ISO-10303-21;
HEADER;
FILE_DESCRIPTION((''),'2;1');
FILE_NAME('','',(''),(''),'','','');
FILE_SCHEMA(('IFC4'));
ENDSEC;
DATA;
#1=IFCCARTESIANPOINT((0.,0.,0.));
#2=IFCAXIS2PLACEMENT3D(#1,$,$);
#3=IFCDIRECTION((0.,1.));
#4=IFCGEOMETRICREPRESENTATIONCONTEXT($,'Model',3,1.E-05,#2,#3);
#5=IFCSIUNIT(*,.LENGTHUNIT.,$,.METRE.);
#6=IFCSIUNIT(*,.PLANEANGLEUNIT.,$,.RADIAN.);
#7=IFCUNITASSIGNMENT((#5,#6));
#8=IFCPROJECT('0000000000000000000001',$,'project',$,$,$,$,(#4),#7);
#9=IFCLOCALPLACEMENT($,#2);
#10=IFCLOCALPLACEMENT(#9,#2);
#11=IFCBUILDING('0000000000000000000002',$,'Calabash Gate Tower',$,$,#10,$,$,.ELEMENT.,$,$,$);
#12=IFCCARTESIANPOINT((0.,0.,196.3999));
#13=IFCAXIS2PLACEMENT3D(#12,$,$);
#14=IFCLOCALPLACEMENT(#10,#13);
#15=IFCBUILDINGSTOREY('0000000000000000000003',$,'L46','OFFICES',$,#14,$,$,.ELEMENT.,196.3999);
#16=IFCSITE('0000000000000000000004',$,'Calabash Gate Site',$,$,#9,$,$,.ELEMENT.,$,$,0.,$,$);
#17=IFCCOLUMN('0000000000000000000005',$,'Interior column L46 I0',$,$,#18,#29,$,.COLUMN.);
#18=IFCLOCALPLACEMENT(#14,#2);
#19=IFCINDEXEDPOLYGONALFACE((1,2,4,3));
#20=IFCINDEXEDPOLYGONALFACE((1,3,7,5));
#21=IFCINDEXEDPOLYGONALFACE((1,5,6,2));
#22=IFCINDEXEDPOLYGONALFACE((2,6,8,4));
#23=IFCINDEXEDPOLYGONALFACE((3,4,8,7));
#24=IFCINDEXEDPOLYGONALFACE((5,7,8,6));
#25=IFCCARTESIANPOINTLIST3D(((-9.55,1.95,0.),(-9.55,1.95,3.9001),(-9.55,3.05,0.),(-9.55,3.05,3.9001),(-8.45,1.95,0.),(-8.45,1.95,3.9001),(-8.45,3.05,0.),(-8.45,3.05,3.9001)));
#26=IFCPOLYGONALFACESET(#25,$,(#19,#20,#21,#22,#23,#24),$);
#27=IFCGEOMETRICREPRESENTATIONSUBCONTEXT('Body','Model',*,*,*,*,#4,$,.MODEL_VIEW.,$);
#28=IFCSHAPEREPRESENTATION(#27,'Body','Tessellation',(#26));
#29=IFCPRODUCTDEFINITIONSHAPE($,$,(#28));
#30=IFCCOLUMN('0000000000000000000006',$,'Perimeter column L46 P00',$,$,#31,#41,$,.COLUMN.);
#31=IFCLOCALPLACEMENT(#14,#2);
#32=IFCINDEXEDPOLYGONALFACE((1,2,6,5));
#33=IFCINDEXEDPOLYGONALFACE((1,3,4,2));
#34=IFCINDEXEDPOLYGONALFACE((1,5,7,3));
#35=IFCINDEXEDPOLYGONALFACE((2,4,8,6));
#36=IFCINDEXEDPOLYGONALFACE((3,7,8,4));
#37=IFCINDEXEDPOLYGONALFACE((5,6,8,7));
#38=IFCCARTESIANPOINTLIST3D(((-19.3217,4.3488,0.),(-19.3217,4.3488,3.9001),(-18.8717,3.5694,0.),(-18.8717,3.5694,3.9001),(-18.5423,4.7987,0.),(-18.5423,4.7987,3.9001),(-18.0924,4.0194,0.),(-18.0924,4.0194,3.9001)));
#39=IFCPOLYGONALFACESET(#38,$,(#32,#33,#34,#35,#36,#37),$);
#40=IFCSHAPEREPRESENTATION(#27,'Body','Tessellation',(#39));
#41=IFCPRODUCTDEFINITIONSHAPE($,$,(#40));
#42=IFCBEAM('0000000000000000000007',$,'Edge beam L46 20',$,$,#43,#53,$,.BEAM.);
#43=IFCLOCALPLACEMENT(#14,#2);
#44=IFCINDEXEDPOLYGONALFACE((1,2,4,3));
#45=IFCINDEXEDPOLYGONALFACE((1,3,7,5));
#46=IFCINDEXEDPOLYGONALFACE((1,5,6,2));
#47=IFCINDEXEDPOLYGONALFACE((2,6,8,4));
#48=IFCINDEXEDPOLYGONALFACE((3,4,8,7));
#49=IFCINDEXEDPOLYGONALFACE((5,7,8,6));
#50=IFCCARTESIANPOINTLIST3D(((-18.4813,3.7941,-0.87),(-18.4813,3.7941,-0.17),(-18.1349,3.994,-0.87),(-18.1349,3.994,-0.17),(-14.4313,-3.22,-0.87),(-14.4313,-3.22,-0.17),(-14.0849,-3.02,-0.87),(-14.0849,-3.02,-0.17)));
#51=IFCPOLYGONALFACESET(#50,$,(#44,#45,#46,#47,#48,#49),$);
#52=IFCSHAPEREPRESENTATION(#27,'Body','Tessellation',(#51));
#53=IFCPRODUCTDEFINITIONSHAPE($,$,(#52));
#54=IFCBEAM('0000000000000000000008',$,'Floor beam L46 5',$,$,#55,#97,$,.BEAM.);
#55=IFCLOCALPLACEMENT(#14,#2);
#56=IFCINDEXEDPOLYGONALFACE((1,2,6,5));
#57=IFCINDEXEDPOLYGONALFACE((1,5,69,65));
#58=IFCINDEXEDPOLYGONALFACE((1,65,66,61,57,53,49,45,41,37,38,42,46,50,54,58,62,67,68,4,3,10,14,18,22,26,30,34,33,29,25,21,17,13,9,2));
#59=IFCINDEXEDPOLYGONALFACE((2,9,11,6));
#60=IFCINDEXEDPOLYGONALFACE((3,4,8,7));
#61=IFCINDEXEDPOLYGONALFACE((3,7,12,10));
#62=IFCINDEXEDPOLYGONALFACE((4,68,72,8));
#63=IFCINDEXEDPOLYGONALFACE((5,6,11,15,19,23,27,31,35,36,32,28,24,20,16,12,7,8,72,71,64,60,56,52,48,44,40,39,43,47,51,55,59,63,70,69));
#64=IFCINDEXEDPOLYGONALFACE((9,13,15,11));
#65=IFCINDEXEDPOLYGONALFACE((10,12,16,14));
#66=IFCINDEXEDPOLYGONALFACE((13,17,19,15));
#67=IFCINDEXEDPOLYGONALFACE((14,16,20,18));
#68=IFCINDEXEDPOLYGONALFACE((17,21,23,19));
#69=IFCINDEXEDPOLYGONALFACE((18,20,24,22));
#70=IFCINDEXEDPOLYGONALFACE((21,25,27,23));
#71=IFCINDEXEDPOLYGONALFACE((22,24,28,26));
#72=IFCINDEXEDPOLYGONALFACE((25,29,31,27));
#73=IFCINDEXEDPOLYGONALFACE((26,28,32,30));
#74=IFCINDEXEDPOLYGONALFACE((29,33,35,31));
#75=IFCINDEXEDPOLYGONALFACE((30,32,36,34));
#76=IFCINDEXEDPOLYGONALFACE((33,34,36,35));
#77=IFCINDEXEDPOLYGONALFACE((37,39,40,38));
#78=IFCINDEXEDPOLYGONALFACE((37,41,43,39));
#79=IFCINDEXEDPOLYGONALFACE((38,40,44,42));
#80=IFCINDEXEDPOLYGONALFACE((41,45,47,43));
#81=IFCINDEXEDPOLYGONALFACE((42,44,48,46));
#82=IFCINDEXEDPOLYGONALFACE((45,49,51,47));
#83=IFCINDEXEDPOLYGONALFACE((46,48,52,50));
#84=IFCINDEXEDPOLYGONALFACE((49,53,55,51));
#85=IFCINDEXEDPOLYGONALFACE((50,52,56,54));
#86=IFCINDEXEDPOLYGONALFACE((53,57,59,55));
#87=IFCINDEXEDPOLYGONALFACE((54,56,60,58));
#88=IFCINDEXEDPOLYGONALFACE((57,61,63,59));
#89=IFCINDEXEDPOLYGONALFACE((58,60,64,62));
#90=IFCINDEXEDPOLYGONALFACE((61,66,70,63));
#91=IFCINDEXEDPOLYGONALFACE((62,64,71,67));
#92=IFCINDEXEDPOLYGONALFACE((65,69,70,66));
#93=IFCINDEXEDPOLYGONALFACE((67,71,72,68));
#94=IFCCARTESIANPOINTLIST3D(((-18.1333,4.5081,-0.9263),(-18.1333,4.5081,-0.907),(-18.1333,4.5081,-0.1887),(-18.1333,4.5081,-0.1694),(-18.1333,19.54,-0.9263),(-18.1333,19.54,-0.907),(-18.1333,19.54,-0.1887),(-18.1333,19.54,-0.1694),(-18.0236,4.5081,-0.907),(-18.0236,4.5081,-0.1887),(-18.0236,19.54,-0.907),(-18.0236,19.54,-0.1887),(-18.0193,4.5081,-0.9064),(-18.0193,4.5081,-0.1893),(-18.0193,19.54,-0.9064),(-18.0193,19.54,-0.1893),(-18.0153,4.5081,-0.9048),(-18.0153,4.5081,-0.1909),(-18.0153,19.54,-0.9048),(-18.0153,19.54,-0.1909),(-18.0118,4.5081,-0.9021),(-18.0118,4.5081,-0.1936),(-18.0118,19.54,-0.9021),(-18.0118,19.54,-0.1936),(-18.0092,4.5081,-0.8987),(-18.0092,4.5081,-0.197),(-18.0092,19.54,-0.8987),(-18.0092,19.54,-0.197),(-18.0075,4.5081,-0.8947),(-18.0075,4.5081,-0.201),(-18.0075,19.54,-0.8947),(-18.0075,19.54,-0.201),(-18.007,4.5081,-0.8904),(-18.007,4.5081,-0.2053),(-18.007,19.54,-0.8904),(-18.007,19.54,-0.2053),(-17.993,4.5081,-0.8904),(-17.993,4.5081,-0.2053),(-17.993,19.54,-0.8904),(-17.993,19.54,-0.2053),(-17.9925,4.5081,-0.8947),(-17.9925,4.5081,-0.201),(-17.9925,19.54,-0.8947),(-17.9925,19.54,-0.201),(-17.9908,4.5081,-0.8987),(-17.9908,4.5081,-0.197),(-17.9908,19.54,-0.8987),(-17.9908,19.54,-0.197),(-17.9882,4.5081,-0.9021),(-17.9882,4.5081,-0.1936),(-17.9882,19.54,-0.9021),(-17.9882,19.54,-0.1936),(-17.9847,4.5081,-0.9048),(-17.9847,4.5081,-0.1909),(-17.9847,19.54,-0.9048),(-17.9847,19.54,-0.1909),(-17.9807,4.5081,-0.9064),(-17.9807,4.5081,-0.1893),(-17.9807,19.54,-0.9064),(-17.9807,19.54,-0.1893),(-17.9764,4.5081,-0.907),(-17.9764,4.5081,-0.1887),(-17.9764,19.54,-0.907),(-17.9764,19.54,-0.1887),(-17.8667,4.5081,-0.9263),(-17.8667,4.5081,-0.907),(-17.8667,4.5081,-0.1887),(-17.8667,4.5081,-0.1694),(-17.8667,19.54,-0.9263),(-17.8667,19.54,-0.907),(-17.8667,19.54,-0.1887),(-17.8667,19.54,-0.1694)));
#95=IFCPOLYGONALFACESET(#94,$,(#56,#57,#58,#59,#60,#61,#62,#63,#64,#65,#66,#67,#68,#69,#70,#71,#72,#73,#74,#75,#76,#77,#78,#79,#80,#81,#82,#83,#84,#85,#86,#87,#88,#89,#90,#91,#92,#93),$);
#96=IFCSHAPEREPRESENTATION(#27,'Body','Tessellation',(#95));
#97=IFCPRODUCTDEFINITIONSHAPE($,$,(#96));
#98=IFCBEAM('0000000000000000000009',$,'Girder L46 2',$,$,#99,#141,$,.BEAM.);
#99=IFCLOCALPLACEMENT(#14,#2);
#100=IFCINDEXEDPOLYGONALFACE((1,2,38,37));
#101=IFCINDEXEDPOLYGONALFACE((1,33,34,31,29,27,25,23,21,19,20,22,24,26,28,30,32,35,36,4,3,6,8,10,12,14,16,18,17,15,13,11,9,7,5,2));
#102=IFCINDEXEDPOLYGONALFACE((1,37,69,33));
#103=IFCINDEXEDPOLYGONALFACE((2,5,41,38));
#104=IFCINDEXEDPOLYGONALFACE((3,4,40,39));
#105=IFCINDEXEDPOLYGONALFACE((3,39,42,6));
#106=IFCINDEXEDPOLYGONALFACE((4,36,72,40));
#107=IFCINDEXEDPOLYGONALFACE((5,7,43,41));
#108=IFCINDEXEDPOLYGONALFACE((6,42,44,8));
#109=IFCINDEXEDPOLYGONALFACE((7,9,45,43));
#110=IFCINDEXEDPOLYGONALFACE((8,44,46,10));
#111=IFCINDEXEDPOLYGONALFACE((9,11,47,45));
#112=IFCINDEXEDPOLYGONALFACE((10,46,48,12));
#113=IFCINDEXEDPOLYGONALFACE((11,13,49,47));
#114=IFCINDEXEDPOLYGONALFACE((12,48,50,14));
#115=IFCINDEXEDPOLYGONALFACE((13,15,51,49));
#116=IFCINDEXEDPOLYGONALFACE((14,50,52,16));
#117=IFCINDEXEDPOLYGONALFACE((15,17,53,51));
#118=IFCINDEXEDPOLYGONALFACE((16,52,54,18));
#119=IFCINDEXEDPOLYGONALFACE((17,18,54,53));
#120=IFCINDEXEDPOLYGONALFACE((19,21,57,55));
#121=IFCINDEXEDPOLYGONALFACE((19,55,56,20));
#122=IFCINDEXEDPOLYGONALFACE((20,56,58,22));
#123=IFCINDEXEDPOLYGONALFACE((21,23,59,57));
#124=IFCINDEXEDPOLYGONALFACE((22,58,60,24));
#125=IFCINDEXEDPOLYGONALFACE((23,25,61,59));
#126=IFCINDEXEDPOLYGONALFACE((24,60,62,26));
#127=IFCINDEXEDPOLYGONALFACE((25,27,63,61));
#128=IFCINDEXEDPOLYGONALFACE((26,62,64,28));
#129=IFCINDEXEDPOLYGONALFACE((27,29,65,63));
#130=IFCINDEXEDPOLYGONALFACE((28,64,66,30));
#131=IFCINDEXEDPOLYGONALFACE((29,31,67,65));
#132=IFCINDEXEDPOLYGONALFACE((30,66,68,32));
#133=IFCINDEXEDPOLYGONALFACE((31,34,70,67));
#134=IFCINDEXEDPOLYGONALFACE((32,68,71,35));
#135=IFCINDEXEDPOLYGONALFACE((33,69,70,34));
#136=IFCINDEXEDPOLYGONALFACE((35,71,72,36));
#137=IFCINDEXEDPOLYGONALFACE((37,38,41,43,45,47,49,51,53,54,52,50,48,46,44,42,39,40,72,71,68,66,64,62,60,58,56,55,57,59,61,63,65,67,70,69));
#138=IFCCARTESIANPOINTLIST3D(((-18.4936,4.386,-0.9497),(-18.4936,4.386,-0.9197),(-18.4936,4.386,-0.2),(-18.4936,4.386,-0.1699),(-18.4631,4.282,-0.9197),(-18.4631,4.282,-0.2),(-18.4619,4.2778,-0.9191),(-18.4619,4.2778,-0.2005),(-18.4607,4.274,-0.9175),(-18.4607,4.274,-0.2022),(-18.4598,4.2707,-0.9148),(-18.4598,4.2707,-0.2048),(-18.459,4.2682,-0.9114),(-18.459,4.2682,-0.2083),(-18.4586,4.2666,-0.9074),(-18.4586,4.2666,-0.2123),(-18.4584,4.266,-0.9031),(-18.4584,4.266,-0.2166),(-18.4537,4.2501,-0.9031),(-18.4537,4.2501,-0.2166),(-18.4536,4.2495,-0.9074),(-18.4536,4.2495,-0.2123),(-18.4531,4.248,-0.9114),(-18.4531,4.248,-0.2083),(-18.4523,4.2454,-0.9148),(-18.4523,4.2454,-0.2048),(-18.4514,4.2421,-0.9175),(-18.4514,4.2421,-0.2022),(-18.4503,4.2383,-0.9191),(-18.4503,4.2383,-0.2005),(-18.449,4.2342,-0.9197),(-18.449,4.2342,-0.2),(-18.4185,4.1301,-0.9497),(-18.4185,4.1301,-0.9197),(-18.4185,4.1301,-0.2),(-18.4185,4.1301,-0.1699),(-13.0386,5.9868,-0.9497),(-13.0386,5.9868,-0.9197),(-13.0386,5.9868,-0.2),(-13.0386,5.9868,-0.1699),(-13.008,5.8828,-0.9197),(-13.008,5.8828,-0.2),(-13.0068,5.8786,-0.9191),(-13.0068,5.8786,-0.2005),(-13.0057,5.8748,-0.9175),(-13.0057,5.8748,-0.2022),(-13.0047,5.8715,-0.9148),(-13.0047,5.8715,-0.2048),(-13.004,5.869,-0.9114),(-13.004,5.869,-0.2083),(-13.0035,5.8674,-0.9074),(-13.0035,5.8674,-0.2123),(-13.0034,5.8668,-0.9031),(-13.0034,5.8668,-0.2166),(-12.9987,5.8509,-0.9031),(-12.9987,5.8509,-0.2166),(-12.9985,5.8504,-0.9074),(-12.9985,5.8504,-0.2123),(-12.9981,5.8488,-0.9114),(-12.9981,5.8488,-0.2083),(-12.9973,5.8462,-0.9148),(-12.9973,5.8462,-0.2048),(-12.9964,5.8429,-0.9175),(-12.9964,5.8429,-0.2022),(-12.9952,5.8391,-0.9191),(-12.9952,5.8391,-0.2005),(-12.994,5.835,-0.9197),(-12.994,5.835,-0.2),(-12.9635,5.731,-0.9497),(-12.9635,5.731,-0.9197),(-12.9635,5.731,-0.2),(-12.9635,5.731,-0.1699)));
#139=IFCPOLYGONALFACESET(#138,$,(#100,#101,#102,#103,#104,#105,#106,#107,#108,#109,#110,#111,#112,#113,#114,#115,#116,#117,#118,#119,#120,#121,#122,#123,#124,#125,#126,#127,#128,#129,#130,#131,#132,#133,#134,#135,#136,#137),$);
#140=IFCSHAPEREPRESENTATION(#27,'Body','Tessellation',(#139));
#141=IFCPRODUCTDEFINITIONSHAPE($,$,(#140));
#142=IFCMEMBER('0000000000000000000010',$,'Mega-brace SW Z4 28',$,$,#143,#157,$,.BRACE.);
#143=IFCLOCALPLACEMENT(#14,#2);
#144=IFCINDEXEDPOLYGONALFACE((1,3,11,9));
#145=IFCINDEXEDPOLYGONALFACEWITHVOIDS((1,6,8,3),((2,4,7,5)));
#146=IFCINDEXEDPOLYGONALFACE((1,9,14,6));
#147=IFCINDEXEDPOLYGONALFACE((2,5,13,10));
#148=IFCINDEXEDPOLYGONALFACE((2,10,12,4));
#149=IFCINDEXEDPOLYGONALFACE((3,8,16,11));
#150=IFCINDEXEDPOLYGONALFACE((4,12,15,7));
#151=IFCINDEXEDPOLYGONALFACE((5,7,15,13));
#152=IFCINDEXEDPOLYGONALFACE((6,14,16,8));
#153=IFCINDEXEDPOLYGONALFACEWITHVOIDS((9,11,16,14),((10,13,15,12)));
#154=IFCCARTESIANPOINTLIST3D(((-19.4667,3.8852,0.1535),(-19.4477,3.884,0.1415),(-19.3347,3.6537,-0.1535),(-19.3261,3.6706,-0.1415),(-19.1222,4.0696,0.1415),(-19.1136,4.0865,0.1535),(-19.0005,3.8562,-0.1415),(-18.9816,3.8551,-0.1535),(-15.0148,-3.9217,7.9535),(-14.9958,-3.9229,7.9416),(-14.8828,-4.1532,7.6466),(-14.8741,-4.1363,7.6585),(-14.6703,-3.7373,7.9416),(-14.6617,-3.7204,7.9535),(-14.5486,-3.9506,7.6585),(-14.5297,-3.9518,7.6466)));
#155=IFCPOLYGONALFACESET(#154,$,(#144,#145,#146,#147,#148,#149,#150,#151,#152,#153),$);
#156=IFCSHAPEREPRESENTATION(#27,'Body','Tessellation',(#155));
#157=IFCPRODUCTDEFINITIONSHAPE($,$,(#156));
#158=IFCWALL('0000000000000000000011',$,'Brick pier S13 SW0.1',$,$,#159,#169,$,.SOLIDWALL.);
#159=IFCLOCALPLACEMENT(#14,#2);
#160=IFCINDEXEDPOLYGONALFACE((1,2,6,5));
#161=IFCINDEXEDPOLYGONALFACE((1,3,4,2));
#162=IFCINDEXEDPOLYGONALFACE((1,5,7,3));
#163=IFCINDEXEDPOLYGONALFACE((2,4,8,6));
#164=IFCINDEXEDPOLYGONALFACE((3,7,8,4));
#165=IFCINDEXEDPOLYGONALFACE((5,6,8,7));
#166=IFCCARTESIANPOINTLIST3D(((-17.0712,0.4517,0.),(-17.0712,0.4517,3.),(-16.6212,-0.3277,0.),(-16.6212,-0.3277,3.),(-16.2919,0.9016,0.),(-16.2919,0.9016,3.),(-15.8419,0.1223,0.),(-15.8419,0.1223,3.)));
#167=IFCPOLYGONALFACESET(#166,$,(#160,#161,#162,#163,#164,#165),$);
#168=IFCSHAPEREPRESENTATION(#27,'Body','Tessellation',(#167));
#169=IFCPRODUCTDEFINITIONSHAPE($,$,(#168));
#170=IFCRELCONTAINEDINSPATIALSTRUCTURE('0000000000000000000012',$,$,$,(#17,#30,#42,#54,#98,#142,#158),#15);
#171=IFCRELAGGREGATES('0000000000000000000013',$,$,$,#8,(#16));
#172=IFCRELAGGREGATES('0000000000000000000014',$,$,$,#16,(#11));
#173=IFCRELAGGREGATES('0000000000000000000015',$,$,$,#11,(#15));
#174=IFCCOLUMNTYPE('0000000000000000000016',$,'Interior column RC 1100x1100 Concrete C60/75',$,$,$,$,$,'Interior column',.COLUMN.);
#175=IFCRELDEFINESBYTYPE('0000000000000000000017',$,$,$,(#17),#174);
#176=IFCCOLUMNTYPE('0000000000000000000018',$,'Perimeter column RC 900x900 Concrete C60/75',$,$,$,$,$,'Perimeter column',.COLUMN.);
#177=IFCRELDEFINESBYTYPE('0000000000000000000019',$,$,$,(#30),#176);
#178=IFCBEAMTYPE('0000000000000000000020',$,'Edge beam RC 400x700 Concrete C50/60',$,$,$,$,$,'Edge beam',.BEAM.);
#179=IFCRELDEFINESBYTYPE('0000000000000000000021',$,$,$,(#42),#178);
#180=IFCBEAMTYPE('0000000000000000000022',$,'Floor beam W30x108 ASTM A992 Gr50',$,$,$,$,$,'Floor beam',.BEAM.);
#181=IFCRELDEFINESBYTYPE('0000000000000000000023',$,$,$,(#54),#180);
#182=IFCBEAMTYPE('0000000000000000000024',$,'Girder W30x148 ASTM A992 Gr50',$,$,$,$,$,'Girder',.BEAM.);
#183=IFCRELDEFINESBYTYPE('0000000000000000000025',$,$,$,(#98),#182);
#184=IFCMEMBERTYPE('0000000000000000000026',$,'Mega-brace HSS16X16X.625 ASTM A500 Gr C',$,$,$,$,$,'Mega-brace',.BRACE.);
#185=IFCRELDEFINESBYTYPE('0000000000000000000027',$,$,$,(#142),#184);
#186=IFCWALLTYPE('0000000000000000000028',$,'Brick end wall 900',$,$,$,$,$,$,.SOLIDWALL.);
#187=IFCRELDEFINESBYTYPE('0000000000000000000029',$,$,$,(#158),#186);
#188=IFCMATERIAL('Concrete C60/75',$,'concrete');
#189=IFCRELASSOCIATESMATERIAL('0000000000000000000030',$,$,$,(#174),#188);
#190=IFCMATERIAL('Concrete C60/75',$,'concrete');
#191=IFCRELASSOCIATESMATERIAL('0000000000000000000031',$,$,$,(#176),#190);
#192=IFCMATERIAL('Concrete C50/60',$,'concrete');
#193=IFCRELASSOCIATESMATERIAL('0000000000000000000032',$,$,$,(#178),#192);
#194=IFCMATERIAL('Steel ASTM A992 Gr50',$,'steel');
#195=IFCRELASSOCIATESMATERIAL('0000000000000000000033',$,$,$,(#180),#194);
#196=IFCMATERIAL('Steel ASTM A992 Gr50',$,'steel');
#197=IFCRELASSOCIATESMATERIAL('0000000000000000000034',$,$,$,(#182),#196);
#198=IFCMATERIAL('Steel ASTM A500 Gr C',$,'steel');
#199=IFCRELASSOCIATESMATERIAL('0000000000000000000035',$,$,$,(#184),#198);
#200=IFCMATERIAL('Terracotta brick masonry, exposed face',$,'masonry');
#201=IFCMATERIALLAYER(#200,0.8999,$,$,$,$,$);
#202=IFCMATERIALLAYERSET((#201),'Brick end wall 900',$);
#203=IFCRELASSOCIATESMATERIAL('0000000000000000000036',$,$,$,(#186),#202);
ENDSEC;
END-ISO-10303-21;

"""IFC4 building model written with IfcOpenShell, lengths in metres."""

from ifc_helpers import new_model, si_unit, direction, frame, frame_2d, origin, origin_2d, place, context, subcontext, project, spatial, rectangle, hollow_rectangle, i_section, extrude, material, layer, layer_set, material_profile, profile_set, type_object, element, save


model = new_model("IFC4")

# Units and contexts
model_context = context("Model", 3, precision=1e-05, world=origin(), true_north=direction((0.0, 1.0)))
body_context = subcontext(model_context, "Body", "Model", "MODEL_VIEW")
ifc_project = project(units=[si_unit("LENGTHUNIT", "METRE"), si_unit("PLANEANGLEUNIT", "RADIAN")], contexts=[model_context])

# Site, building, storey
site_placement = place(None, origin())
site = spatial("IfcSite", under=ifc_project, at=site_placement, Name="Calabash Gate Site", CompositionType="ELEMENT", RefElevation=0.0)
building_placement = place(site_placement, origin())
building = spatial("IfcBuilding", under=site, at=building_placement, Name="Calabash Gate Tower", CompositionType="ELEMENT")
storey_placement = place(building_placement, frame((0.0, 0.0, 196.3999)))
storey = spatial("IfcBuildingStorey", under=building, at=storey_placement, Name="L46", Description="OFFICES", CompositionType="ELEMENT", Elevation=196.3999)

# Columns
ifc_material_1 = material(Name="Concrete C60/75", Category="concrete")
ifc_material_profile_1 = material_profile(ifc_material_1, rectangle(XDim=1.1001, YDim=1.1001, at=origin_2d()))
ifc_profile_set_1 = profile_set([ifc_material_profile_1], Name="Concrete C60/75")
column_type_1 = type_object("IfcColumnType", Name="Interior column RC 1100x1100 Concrete C60/75", ElementType="Interior column", PredefinedType="COLUMN", material=ifc_profile_set_1)
column_1_placement = place(storey_placement, frame((-9.0, 2.5, 0.0), z_axis=(0.0, 0.0, 1.0), x_axis=(1.0, 0.0, 0.0)))
element("IfcColumn", 1, at=column_1_placement, inside=storey, type_object=column_type_1, Name="Interior column L46 I0", PredefinedType="COLUMN", context=body_context, shape_type="SweptSolid", body=[
    extrude(rectangle(XDim=1.1001, YDim=1.1001, at=origin_2d()), origin(), (0.0, 0.0, 1.0), 3.9001),
])
ifc_material_2 = material(Name="Concrete C60/75", Category="concrete")
ifc_material_profile_2 = material_profile(ifc_material_2, rectangle(XDim=0.8999, YDim=0.8999, at=origin_2d()))
ifc_profile_set_2 = profile_set([ifc_material_profile_2], Name="Concrete C60/75")
column_type_2 = type_object("IfcColumnType", Name="Perimeter column RC 900x900 Concrete C60/75", ElementType="Perimeter column", PredefinedType="COLUMN", material=ifc_profile_set_2)
column_2_placement = place(storey_placement, frame((-18.707, 4.1841, 0.0), z_axis=(0.0, 0.0, 1.0), x_axis=(0.5, -0.866025, 0.0)))
element("IfcColumn", 2, at=column_2_placement, inside=storey, type_object=column_type_2, Name="Perimeter column L46 P00", PredefinedType="COLUMN", context=body_context, shape_type="SweptSolid", body=[
    extrude(rectangle(XDim=0.8999, YDim=0.8999, at=origin_2d()), origin(), (0.0, 0.0, 1.0), 3.9001),
])

# Beams
ifc_material_3 = material(Name="Concrete C50/60", Category="concrete")
ifc_material_profile_3 = material_profile(ifc_material_3, rectangle(XDim=0.3999, YDim=0.7, at=origin_2d()))
ifc_profile_set_3 = profile_set([ifc_material_profile_3], Name="Concrete C50/60")
beam_type_1 = type_object("IfcBeamType", Name="Edge beam RC 400x700 Concrete C50/60", ElementType="Edge beam", PredefinedType="BEAM", material=ifc_profile_set_3)
beam_1_placement = place(storey_placement, frame((-18.3081, 3.894, -0.52), z_axis=(0.500039, -0.866003, 0.0), x_axis=(0.866003, 0.500039, 0.0)))
element("IfcBeam", 3, at=beam_1_placement, inside=storey, type_object=beam_type_1, Name="Edge beam L46 20", PredefinedType="BEAM", context=body_context, shape_type="SweptSolid", body=[
    extrude(rectangle(XDim=0.3999, YDim=0.7, at=origin_2d()), origin(), (0.0, 0.0, 1.0), 8.0994),
])
ifc_material_4 = material(Name="Steel ASTM A992 Gr50", Category="steel")
ifc_material_profile_4 = material_profile(ifc_material_4, i_section(OverallWidth=0.2666, OverallDepth=0.7568, WebThickness=0.0139, FlangeThickness=0.0193, FilletRadius=0.0166, at=origin_2d()))
ifc_profile_set_4 = profile_set([ifc_material_profile_4], Name="Steel ASTM A992 Gr50")
beam_type_2 = type_object("IfcBeamType", Name="Floor beam W30x108 ASTM A992 Gr50", ElementType="Floor beam", PredefinedType="BEAM", material=ifc_profile_set_4)
beam_2_placement = place(storey_placement, frame((-18.0, 4.5081, -0.5479), z_axis=(0.0, 1.0, 0.0), x_axis=(-1.0, 0.0, 0.0)))
element("IfcBeam", 4, at=beam_2_placement, inside=storey, type_object=beam_type_2, Name="Floor beam L46 5", PredefinedType="BEAM", context=body_context, shape_type="SweptSolid", body=[
    extrude(i_section(OverallWidth=0.2666, OverallDepth=0.7568, WebThickness=0.0139, FlangeThickness=0.0193, FilletRadius=0.0166, at=origin_2d()), origin(), (0.0, 0.0, 1.0), 15.032),
])
ifc_material_5 = material(Name="Steel ASTM A992 Gr50", Category="steel")
ifc_material_profile_5 = material_profile(ifc_material_5, i_section(OverallWidth=0.2666, OverallDepth=0.7798, WebThickness=0.0166, FlangeThickness=0.03, FilletRadius=0.0166, at=origin_2d()))
ifc_profile_set_5 = profile_set([ifc_material_profile_5], Name="Steel ASTM A992 Gr50")
beam_type_3 = type_object("IfcBeamType", Name="Girder W30x148 ASTM A992 Gr50", ElementType="Girder", PredefinedType="BEAM", material=ifc_profile_set_5)
beam_3_placement = place(storey_placement, frame((-18.4561, 4.2581, -0.5598), z_axis=(0.959537, 0.281583, 0.0), x_axis=(-0.281583, 0.959537, 0.0)))
element("IfcBeam", 5, at=beam_3_placement, inside=storey, type_object=beam_type_3, Name="Girder L46 2", PredefinedType="BEAM", context=body_context, shape_type="SweptSolid", body=[
    extrude(i_section(OverallWidth=0.2666, OverallDepth=0.7798, WebThickness=0.0166, FlangeThickness=0.03, FilletRadius=0.0166, at=origin_2d()), origin(), (0.0, 0.0, 1.0), 5.6851),
])

# Member
ifc_material_6 = material(Name="Steel ASTM A500 Gr C", Category="steel")
ifc_material_profile_6 = material_profile(ifc_material_6, hollow_rectangle(XDim=0.4065, YDim=0.4065, WallThickness=0.0159, at=origin_2d()))
ifc_profile_set_6 = profile_set([ifc_material_profile_6], Name="Steel ASTM A500 Gr C")
member_type = type_object("IfcMemberType", Name="Mega-brace HSS16X16X.625 ASTM A500 Gr C", ElementType="Mega-brace", PredefinedType="BRACE", material=ifc_profile_set_6)
member_placement = place(storey_placement, frame((-19.2241, 3.8701, 0.0), z_axis=(0.374113, -0.656046, 0.655472), x_axis=(0.868682, 0.495369, 0.0)))
element("IfcMember", 6, at=member_placement, inside=storey, type_object=member_type, Name="Mega-brace SW Z4 28", PredefinedType="BRACE", context=body_context, shape_type="SweptSolid", body=[
    extrude(hollow_rectangle(XDim=0.4065, YDim=0.4065, WallThickness=0.0159, at=origin_2d()), origin(), (0.0, 0.0, 1.0), 11.8999),
])

# Wall
ifc_material_7 = material(Name="Terracotta brick masonry, exposed face", Category="masonry")
ifc_layer_1 = layer(ifc_material_7, 0.8999)
ifc_layer_set_1 = layer_set([ifc_layer_1], Name="Brick end wall 900")
wall_type_1 = type_object("IfcWallType", Name="Brick end wall 900", PredefinedType="SOLIDWALL", material=ifc_layer_set_1)
wall_1_placement = place(storey_placement, frame((-16.0669, 0.512, 0.0), z_axis=(0.0, 0.0, 1.0), x_axis=(-0.866014, -0.50002, 0.0)))
element("IfcWall", 7, at=wall_1_placement, inside=storey, type_object=wall_type_1, Name="Brick pier S13 SW0.1", PredefinedType="SOLIDWALL", context=body_context, shape_type="SweptSolid", body=[
    extrude(rectangle(XDim=0.8999, YDim=0.8999, at=frame_2d((0.45, 0.0))), origin(), (0.0, 0.0, 1.0), 3.0),
])

save(model, "model.ifc")
